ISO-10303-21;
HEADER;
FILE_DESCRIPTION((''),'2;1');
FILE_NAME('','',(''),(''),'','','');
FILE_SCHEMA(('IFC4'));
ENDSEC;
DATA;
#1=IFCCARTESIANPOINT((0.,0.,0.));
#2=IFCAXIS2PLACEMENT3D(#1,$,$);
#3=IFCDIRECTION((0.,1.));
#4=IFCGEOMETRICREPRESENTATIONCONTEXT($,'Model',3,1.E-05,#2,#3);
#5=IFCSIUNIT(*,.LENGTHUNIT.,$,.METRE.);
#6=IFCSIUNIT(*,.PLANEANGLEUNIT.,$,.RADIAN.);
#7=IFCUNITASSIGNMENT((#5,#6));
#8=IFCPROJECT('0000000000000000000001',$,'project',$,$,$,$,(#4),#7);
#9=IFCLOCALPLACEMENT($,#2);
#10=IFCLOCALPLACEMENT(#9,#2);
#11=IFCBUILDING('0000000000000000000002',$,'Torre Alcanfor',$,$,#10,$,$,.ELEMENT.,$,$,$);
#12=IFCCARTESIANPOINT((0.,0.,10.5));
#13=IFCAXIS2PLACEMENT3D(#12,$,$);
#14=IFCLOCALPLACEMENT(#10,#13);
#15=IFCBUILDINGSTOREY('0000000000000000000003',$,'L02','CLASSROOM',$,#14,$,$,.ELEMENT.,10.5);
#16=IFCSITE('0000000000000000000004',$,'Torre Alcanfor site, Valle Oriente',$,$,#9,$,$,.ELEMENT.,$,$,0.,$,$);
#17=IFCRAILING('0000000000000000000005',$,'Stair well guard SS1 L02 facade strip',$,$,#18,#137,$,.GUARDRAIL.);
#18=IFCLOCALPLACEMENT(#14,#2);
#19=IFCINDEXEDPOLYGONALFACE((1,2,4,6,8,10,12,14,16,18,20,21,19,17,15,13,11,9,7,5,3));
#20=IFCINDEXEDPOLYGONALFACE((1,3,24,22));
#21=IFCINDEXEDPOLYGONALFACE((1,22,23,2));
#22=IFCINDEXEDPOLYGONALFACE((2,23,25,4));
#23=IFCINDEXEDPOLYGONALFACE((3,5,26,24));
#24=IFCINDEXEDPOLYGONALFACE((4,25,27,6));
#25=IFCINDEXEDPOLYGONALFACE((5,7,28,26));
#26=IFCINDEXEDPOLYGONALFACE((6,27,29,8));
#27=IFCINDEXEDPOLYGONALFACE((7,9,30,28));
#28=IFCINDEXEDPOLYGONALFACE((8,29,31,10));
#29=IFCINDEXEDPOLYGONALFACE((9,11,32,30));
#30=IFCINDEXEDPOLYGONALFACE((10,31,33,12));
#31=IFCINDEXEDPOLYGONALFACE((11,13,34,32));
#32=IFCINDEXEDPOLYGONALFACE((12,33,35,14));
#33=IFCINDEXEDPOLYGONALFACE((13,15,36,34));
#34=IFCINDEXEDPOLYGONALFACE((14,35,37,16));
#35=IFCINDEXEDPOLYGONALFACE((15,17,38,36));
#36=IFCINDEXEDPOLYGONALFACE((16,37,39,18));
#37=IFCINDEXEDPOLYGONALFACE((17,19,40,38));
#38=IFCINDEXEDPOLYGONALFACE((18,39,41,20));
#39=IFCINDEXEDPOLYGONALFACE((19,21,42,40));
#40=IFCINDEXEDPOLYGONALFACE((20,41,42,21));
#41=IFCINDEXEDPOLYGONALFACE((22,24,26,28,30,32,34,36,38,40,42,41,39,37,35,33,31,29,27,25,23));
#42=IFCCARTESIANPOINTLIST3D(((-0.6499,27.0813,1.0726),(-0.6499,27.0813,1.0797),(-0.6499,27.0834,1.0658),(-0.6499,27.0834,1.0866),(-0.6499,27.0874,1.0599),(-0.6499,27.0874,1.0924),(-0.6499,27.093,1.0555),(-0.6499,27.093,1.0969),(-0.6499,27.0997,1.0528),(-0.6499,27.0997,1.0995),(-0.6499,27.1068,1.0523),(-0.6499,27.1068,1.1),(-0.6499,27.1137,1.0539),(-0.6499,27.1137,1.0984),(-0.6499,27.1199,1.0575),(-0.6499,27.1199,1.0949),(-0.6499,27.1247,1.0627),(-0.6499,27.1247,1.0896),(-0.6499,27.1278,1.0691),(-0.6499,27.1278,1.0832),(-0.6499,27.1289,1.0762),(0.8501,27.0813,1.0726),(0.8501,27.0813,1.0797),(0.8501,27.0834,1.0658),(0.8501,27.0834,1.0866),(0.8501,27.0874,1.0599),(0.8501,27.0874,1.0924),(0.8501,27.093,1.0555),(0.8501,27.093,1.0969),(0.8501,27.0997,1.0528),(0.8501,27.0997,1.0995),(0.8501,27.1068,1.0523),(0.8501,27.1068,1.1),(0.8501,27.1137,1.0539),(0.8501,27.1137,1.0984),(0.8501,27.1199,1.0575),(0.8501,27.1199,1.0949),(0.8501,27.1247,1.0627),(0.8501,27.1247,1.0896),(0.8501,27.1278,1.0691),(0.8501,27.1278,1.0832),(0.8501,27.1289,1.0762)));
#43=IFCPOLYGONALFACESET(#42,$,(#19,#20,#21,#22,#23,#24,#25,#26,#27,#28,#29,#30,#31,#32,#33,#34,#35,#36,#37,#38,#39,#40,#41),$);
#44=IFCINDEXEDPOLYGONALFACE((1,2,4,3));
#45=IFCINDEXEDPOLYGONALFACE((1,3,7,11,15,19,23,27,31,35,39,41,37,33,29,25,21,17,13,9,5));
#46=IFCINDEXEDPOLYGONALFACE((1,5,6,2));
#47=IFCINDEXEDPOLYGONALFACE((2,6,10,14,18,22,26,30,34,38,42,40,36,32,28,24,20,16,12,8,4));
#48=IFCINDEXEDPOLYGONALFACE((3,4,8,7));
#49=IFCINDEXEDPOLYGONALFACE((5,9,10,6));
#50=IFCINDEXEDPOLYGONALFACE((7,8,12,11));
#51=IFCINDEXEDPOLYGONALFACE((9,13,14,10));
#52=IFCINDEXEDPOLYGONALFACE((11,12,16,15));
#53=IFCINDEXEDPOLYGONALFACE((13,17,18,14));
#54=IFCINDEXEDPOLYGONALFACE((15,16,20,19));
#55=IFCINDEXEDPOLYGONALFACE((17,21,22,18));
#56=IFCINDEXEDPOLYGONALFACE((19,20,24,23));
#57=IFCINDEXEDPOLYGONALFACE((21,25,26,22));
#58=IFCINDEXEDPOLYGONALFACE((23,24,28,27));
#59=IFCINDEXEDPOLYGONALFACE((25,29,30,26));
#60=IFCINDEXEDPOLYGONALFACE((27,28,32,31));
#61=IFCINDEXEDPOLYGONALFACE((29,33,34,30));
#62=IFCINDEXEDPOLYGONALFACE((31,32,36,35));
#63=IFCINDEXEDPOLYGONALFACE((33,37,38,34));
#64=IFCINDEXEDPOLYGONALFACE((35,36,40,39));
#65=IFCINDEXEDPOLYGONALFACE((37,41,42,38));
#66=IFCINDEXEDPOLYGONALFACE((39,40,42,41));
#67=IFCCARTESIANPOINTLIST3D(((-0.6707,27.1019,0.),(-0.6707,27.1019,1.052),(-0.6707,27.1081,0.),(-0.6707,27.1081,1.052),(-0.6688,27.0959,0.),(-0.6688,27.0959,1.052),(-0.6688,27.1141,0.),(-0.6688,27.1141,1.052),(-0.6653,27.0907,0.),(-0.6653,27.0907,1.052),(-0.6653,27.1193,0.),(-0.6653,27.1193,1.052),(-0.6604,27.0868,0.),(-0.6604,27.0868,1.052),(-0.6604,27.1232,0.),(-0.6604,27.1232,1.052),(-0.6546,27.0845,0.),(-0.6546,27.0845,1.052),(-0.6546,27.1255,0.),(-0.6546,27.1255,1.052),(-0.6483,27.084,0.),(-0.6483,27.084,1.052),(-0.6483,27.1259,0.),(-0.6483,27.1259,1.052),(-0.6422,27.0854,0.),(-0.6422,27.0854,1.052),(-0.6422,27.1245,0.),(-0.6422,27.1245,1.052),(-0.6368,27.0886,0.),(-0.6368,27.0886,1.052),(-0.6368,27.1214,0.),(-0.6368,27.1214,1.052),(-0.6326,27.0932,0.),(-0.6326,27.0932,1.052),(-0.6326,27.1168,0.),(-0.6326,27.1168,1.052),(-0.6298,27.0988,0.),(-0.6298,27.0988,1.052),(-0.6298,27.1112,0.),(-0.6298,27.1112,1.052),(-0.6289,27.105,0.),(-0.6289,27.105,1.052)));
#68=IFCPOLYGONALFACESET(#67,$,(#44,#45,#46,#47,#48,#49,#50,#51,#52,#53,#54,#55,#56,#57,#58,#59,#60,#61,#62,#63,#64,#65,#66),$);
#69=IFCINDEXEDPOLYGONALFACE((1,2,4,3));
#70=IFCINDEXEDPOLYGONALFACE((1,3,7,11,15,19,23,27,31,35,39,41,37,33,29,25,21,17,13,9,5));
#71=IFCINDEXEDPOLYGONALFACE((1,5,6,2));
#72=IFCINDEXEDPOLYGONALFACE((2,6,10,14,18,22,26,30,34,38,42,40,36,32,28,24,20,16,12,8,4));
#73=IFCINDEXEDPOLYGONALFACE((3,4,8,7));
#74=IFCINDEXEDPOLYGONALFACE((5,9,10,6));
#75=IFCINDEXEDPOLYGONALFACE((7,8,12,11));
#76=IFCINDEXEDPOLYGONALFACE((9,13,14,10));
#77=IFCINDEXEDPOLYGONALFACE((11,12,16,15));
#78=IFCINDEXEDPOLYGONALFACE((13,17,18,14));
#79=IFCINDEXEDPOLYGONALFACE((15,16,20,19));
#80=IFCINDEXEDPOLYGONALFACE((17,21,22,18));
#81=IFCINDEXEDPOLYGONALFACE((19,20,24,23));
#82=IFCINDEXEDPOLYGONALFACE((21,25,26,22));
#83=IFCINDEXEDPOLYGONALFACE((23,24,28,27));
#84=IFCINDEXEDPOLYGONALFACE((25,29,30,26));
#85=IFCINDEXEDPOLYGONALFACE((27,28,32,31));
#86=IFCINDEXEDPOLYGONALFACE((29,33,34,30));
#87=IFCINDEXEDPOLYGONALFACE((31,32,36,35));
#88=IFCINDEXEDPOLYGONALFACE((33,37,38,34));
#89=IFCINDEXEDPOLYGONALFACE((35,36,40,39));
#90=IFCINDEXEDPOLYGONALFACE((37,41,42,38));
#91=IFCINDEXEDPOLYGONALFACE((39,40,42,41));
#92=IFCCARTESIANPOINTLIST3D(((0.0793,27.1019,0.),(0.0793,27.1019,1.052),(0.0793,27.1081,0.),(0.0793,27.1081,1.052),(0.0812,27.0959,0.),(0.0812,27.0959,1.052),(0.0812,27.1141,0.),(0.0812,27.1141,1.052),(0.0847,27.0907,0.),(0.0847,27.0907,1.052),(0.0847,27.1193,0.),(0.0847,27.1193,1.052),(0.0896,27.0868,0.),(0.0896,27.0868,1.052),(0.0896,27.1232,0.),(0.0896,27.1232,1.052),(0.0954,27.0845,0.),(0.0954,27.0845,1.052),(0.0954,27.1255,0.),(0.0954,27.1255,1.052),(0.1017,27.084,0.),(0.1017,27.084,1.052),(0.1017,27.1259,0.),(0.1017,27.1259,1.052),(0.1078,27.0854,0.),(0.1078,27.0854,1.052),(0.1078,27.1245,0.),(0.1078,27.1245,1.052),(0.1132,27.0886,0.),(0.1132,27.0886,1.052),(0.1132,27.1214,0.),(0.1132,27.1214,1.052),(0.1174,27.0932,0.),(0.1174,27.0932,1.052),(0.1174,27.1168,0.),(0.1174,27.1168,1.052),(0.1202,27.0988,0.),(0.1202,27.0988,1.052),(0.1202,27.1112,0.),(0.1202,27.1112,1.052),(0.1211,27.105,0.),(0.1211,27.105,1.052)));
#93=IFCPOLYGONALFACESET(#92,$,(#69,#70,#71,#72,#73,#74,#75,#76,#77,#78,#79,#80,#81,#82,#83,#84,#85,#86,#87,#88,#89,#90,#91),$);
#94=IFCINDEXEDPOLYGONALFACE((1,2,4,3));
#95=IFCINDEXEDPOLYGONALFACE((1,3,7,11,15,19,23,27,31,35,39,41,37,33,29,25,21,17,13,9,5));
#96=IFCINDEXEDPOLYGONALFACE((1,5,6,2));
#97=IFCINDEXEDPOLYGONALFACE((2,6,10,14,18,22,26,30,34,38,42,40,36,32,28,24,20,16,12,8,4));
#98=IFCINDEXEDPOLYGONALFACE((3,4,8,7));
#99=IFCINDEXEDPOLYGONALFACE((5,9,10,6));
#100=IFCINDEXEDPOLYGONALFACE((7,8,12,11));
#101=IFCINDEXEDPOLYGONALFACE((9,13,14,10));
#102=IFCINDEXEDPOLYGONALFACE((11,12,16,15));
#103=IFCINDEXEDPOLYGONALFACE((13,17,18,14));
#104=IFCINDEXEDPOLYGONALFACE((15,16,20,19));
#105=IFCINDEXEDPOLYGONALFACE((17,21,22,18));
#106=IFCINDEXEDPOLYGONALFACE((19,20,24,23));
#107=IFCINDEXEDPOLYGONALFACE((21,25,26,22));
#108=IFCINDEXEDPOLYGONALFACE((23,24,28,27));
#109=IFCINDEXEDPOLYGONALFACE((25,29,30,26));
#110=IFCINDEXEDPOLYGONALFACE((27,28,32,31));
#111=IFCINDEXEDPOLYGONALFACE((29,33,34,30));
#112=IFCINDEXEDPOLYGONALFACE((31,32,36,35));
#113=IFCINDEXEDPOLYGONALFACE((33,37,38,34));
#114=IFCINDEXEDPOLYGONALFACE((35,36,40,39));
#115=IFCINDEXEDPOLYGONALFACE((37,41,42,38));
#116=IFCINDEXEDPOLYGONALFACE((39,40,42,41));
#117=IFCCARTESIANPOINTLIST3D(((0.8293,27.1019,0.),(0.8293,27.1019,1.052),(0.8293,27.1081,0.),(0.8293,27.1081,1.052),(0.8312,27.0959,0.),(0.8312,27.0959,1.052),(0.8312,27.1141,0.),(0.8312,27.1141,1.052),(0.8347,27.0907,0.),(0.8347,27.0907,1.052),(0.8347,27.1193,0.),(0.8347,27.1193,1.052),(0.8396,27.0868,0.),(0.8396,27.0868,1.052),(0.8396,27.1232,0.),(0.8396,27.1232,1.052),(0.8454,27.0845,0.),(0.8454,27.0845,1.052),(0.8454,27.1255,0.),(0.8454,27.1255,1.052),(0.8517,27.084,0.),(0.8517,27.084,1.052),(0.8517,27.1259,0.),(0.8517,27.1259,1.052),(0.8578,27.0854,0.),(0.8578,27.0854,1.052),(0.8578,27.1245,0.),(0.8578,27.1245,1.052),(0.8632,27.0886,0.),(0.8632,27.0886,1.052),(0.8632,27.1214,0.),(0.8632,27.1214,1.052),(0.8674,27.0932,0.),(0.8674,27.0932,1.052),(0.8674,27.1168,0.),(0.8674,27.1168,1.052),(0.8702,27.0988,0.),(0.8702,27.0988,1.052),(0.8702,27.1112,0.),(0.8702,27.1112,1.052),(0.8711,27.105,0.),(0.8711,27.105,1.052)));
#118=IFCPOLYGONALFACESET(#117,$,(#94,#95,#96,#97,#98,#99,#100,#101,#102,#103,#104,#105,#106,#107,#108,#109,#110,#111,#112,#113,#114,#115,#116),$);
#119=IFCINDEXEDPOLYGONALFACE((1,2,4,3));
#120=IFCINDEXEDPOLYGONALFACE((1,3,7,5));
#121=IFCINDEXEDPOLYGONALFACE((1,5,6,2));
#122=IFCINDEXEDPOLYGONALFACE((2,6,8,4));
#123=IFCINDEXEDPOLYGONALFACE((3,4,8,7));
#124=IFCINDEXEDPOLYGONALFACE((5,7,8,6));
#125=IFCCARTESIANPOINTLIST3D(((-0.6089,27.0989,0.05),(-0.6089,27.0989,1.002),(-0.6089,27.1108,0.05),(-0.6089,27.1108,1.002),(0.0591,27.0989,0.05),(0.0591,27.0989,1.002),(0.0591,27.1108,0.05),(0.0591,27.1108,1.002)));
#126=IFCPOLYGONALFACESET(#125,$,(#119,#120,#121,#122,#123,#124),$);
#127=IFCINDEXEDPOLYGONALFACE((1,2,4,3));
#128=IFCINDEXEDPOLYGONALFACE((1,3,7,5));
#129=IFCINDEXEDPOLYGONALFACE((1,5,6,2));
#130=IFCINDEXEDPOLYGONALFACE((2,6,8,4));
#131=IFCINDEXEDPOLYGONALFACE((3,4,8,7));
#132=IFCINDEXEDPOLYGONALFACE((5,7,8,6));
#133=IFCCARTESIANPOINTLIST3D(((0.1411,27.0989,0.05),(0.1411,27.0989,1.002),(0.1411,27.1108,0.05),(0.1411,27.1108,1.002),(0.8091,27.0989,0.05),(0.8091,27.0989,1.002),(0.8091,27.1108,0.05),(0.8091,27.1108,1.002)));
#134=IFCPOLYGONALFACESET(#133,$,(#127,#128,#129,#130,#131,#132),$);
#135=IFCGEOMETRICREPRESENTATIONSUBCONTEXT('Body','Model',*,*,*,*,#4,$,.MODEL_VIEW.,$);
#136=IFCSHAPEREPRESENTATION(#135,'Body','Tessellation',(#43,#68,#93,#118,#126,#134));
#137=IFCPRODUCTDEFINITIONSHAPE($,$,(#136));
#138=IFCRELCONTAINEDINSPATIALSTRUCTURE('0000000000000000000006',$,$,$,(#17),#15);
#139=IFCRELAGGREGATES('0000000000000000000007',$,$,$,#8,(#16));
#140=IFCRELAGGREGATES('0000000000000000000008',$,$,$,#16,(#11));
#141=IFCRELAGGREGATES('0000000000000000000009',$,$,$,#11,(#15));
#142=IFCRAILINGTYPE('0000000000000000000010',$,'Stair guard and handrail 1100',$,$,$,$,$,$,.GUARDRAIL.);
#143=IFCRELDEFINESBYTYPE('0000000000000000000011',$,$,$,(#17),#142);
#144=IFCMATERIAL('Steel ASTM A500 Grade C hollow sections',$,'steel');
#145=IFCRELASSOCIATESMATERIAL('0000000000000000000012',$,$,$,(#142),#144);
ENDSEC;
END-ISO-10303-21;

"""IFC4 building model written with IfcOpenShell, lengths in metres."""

from ifc_helpers import new_model, si_unit, direction, frame, origin, origin_2d, place, context, subcontext, project, spatial, polyline, circle, outline, extrude, material, type_object, element, save


model = new_model("IFC4")

# Units and contexts
model_context = context("Model", 3, precision=1e-05, world=origin(), true_north=direction((0.0, 1.0)))
body_context = subcontext(model_context, "Body", "Model", "MODEL_VIEW")
ifc_project = project(units=[si_unit("LENGTHUNIT", "METRE"), si_unit("PLANEANGLEUNIT", "RADIAN")], contexts=[model_context])

# Site, building, storey
site_placement = place(None, origin())
site = spatial("IfcSite", under=ifc_project, at=site_placement, Name="Torre Alcanfor site, Valle Oriente", CompositionType="ELEMENT", RefElevation=0.0)
building_placement = place(site_placement, origin())
building = spatial("IfcBuilding", under=site, at=building_placement, Name="Torre Alcanfor", CompositionType="ELEMENT")
storey_placement = place(building_placement, frame((0.0, 0.0, 10.5)))
storey = spatial("IfcBuildingStorey", under=building, at=storey_placement, Name="L02", Description="CLASSROOM", CompositionType="ELEMENT", Elevation=10.5)

# Railing
ifc_material_1 = material(Name="Steel ASTM A500 Grade C hollow sections", Category="steel")
railing_type_1 = type_object("IfcRailingType", Name="Stair guard and handrail 1100", PredefinedType="GUARDRAIL", material=ifc_material_1)
railing_1_placement = place(storey_placement, frame((-0.6499, 27.105, 0.0)))
element("IfcRailing", 1, at=railing_1_placement, inside=storey, type_object=railing_type_1, Name="Stair well guard SS1 L02 facade strip", PredefinedType="GUARDRAIL", context=body_context, shape_type="SweptSolid", body=[
    extrude(circle(Radius=0.0239, at=origin_2d()), frame((0.0, 0.0, 1.0762), z_axis=(1.0, 0.0, 0.0), x_axis=(0.0, 1.0, 0.0)), (0.0, 0.0, 1.0), 1.5),
    extrude(circle(Radius=0.021, at=origin_2d()), origin(), (0.0, 0.0, 1.0), 1.052),
    extrude(circle(Radius=0.021, at=origin_2d()), frame((0.75, 0.0, 0.0)), (0.0, 0.0, 1.0), 1.052),
    extrude(circle(Radius=0.021, at=origin_2d()), frame((1.5, 0.0, 0.0)), (0.0, 0.0, 1.0), 1.052),
    extrude(outline(polyline([(0.041, 0.05), (0.709, 0.05), (0.709, 1.002), (0.041, 1.002), (0.041, 0.05)])), frame((0.0, 0.0059, 0.0), z_axis=(0.0, -1.0, 0.0), x_axis=(1.0, 0.0, 0.0)), (0.0, 0.0, 1.0), 0.012),
    extrude(outline(polyline([(0.791, 0.05), (1.459, 0.05), (1.459, 1.002), (0.791, 1.002), (0.791, 0.05)])), frame((0.0, 0.0059, 0.0), z_axis=(0.0, -1.0, 0.0), x_axis=(1.0, 0.0, 0.0)), (0.0, 0.0, 1.0), 0.012),
])

save(model, "model.ifc")
